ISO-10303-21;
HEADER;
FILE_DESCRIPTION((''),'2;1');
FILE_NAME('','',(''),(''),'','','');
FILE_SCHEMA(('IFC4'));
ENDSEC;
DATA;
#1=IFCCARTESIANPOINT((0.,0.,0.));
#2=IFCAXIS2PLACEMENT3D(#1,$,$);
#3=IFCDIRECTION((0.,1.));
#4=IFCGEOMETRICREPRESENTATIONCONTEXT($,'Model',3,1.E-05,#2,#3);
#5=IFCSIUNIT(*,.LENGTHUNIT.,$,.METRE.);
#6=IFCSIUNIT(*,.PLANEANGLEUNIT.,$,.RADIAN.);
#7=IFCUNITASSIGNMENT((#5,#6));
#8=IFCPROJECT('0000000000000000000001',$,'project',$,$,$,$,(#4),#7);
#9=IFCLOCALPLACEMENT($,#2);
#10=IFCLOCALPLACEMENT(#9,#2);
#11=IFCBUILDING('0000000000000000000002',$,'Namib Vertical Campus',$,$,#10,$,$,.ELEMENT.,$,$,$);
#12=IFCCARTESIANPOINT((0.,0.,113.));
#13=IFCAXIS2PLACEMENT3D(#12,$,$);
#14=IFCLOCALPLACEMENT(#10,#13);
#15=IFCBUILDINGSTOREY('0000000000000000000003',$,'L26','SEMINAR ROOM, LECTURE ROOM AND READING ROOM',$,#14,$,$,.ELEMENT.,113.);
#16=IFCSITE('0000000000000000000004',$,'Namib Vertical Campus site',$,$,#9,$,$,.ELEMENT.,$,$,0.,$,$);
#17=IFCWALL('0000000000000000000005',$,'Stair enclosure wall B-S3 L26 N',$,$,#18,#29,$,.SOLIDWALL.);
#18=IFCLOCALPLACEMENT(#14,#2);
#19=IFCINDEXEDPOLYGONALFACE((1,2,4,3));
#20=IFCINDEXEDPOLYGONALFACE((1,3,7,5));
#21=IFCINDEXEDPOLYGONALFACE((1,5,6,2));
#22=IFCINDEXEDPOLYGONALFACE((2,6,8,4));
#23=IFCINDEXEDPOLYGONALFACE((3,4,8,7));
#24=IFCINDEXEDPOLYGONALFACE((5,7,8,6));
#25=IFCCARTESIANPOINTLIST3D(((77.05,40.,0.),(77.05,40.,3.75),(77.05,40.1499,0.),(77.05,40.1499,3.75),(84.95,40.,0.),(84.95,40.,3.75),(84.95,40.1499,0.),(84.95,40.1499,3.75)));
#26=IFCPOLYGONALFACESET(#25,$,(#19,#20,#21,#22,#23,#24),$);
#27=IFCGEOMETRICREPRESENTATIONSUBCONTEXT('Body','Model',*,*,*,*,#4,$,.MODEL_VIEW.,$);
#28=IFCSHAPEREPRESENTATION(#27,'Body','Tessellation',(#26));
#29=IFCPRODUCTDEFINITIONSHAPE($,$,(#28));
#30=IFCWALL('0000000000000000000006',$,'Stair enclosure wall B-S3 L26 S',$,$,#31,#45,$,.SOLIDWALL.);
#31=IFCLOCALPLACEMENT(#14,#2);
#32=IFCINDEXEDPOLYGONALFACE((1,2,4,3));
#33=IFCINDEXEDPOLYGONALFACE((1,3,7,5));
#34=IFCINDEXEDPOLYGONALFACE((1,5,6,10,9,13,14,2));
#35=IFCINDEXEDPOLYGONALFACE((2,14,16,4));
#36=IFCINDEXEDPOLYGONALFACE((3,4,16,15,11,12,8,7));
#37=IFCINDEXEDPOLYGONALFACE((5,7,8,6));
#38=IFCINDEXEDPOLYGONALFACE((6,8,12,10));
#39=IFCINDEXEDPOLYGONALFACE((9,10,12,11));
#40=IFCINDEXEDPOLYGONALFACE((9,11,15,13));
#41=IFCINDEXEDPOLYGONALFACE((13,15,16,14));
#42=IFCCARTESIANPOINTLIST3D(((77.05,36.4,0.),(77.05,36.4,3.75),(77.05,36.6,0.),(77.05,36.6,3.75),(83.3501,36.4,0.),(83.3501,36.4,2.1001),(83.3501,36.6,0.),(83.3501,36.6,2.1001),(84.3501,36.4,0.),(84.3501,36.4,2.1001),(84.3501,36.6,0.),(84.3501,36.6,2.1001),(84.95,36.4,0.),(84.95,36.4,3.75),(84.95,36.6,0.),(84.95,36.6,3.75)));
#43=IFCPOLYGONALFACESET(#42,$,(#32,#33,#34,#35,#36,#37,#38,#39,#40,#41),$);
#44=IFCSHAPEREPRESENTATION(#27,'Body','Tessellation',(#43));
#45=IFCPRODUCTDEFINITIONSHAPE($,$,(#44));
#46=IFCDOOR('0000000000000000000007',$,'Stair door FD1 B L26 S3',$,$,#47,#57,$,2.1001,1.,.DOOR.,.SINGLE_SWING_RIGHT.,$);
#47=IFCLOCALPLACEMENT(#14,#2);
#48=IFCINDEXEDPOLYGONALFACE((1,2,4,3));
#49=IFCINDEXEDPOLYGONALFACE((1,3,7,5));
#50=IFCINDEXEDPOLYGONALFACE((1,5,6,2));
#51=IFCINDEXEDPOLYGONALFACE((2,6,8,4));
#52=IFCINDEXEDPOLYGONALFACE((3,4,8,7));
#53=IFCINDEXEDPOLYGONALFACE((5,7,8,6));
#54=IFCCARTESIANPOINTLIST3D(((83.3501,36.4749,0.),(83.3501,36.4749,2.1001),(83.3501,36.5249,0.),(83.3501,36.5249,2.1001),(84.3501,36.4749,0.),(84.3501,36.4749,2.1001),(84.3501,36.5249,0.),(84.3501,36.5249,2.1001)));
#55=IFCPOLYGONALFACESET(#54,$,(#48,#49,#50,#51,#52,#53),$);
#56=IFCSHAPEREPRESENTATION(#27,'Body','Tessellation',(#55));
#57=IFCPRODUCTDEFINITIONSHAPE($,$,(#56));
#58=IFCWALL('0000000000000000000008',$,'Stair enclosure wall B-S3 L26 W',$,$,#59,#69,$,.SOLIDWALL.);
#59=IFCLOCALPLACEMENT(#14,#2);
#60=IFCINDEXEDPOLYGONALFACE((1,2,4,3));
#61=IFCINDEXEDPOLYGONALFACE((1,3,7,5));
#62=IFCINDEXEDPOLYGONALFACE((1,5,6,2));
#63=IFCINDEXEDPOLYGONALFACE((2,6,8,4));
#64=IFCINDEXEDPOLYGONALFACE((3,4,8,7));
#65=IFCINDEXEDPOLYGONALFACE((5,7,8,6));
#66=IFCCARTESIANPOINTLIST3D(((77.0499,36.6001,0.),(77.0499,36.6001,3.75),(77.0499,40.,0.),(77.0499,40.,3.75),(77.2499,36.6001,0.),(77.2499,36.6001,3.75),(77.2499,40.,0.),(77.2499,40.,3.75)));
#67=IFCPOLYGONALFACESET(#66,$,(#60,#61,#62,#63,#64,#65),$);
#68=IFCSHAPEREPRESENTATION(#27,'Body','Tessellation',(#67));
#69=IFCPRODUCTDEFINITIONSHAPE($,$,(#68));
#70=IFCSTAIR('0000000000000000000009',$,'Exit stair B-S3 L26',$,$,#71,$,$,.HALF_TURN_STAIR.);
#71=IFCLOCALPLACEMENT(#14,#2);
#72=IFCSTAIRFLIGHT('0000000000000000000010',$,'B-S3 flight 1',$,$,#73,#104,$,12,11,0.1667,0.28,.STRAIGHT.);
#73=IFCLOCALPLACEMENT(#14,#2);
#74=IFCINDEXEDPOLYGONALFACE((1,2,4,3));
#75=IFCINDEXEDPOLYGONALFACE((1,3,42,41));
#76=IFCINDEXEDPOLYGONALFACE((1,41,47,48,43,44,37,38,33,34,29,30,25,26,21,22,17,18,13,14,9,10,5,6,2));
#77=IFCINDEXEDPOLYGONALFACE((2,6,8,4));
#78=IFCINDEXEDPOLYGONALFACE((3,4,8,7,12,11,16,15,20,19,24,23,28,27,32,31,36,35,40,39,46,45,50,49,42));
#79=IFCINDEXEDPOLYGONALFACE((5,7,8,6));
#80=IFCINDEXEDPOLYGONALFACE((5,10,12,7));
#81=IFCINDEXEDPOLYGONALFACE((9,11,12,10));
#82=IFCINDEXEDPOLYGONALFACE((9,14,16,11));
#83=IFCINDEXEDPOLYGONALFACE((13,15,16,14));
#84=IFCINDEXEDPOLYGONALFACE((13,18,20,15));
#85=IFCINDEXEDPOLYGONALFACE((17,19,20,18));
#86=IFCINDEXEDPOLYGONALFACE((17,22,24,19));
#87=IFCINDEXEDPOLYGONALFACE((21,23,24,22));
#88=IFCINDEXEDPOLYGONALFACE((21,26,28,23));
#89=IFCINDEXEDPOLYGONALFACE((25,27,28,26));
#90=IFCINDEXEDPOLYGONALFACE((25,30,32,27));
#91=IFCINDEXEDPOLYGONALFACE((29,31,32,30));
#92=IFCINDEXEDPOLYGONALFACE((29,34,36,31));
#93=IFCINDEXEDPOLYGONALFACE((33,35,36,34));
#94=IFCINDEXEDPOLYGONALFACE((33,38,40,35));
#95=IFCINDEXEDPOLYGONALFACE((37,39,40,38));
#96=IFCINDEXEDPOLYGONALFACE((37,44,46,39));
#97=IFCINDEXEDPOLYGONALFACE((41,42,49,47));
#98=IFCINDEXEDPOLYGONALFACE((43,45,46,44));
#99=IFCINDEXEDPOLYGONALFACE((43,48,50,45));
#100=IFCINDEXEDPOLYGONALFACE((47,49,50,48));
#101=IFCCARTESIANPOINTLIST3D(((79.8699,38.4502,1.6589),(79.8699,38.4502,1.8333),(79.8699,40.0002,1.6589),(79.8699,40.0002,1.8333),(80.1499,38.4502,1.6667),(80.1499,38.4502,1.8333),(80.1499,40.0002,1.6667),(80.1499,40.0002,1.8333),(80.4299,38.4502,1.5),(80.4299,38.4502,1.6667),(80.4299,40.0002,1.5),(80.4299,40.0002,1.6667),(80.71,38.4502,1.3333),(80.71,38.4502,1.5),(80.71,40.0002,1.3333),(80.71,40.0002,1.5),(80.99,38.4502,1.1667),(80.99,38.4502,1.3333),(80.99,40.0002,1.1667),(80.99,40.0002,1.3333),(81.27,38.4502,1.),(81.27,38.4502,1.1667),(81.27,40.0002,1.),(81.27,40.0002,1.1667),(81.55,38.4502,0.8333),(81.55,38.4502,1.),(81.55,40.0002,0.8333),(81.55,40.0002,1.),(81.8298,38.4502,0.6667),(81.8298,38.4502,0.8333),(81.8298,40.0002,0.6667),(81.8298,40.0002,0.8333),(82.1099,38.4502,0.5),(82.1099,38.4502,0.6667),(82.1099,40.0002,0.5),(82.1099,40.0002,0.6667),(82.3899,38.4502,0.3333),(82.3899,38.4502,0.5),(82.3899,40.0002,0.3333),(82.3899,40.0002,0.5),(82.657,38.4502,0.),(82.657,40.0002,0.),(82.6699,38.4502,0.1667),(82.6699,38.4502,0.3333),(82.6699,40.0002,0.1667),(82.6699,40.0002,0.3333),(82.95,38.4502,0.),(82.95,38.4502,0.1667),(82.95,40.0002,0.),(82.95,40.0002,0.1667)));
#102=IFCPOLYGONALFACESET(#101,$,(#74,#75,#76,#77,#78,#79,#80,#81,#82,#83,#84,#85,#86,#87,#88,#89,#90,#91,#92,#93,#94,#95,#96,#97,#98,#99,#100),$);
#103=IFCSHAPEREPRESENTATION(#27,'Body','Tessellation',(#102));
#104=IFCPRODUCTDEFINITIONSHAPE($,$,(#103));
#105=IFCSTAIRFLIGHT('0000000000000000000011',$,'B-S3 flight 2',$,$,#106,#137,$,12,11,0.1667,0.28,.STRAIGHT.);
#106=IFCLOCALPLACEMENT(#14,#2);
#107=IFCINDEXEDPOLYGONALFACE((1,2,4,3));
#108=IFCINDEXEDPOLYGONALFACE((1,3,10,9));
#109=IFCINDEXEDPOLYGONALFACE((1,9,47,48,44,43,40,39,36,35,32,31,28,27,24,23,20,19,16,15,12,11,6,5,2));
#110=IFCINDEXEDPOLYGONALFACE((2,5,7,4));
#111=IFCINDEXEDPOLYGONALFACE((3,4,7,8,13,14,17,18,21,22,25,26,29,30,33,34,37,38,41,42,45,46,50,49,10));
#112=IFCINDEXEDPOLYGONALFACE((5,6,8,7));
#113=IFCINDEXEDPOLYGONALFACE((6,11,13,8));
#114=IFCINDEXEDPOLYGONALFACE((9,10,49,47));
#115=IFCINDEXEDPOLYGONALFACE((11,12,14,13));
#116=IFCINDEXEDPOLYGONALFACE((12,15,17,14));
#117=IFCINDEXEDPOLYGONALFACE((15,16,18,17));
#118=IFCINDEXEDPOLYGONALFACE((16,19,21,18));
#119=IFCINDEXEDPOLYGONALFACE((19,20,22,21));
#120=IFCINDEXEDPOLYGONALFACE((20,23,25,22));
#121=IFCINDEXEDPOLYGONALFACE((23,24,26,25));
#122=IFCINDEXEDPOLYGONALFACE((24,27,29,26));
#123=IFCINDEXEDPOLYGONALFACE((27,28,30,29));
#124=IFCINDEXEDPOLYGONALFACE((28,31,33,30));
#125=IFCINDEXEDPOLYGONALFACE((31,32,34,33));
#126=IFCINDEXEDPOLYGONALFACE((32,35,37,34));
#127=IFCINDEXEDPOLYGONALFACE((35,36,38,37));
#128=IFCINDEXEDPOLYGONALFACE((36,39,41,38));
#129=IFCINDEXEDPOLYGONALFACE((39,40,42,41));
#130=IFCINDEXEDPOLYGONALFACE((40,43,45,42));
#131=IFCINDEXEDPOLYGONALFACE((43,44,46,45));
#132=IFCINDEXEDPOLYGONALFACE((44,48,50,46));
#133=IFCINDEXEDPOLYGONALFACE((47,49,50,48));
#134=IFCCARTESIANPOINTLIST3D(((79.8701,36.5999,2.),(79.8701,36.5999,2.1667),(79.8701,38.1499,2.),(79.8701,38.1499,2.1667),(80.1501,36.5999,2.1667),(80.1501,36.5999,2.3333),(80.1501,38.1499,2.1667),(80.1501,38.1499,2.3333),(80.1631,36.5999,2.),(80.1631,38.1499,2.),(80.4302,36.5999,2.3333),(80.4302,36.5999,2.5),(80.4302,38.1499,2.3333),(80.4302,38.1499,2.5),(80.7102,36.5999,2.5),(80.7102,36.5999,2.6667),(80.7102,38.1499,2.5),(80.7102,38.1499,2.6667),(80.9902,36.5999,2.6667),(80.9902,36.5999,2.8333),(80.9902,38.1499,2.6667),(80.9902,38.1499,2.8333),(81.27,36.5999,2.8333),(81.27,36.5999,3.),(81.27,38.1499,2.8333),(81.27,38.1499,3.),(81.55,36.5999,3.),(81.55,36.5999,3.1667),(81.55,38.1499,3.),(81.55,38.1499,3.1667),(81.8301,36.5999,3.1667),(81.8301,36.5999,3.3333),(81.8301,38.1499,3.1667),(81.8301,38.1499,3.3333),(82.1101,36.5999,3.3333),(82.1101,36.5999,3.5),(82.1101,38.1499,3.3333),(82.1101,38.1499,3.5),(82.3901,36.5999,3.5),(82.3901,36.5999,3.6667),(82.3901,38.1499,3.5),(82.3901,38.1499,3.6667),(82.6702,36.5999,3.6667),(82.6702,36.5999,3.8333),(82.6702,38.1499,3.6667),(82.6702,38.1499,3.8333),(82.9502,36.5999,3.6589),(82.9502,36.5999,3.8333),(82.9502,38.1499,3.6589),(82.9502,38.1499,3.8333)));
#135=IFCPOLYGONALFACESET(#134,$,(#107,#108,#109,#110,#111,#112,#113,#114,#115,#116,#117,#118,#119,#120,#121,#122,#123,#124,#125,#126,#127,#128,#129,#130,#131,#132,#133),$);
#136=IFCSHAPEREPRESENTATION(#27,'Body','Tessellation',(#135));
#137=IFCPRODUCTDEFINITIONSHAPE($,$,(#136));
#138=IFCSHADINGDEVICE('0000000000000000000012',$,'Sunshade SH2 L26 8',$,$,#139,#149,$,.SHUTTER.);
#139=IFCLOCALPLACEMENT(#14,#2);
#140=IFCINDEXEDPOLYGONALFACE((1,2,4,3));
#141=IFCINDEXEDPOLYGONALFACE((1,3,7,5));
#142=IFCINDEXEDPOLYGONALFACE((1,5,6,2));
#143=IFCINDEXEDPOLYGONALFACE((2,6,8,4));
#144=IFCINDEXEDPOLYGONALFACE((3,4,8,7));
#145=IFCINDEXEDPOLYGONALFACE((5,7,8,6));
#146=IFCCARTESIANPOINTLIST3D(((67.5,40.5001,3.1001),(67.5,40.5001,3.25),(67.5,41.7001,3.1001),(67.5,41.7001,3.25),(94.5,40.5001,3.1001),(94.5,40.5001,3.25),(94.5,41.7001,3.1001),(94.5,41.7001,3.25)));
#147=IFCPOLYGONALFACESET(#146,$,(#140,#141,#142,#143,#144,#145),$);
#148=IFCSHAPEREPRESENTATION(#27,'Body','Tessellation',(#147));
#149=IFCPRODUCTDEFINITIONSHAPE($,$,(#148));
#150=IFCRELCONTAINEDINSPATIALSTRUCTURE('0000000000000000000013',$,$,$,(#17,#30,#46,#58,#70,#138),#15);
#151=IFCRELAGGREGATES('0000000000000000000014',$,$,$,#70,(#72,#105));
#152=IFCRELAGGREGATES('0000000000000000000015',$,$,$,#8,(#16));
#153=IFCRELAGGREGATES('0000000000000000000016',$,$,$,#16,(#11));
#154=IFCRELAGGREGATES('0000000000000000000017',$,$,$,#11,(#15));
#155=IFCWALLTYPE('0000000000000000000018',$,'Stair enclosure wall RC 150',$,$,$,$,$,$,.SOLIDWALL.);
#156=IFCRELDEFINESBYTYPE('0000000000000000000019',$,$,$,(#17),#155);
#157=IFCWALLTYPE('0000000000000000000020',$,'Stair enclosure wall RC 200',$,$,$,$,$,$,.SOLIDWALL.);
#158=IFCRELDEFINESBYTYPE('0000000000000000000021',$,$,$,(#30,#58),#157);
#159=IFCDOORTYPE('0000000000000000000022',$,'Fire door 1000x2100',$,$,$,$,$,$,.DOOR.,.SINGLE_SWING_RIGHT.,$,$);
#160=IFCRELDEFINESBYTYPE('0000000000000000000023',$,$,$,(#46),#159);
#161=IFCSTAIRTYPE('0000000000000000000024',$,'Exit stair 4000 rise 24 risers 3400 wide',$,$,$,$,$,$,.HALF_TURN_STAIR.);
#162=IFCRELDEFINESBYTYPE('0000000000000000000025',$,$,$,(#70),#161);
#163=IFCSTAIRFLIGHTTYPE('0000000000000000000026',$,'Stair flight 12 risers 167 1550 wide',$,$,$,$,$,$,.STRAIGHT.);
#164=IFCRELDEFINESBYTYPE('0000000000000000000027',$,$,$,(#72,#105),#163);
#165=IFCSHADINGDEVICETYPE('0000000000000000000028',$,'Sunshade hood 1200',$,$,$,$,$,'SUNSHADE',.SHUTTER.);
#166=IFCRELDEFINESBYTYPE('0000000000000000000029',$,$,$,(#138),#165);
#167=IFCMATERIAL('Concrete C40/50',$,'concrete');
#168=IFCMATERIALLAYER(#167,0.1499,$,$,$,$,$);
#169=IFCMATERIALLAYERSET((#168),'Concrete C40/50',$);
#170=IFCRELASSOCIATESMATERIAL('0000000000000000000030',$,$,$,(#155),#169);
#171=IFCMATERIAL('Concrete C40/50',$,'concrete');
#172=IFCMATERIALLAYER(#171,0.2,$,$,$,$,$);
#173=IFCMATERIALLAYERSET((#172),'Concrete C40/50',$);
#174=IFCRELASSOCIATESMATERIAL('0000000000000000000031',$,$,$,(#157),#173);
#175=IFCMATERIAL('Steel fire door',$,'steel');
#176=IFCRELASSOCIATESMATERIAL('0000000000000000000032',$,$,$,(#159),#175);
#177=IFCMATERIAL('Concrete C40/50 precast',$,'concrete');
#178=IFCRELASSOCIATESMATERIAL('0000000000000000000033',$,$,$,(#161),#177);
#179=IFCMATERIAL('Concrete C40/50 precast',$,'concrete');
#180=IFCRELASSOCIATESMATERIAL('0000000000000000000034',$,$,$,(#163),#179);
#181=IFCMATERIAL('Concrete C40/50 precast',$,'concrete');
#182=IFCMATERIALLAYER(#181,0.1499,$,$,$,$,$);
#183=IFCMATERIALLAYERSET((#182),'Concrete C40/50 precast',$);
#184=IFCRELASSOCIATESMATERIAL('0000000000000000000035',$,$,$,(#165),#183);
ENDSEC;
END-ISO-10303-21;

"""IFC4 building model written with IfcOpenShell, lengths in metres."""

from ifc_helpers import new_model, si_unit, direction, frame, frame_2d, origin, origin_2d, place, context, subcontext, project, spatial, polyline, rectangle, outline, extrude, material, layer, layer_set, type_object, element, fill, aggregate, save


model = new_model("IFC4")

# Units and contexts
model_context = context("Model", 3, precision=1e-05, world=origin(), true_north=direction((0.0, 1.0)))
body_context = subcontext(model_context, "Body", "Model", "MODEL_VIEW")
ifc_project = project(units=[si_unit("LENGTHUNIT", "METRE"), si_unit("PLANEANGLEUNIT", "RADIAN")], contexts=[model_context])

# Site, building, storey
site_placement = place(None, origin())
site = spatial("IfcSite", under=ifc_project, at=site_placement, Name="Namib Vertical Campus site", CompositionType="ELEMENT", RefElevation=0.0)
building_placement = place(site_placement, origin())
building = spatial("IfcBuilding", under=site, at=building_placement, Name="Namib Vertical Campus", CompositionType="ELEMENT")
storey_placement = place(building_placement, frame((0.0, 0.0, 113.0)))
storey = spatial("IfcBuildingStorey", under=building, at=storey_placement, Name="L26", Description="SEMINAR ROOM, LECTURE ROOM AND READING ROOM", CompositionType="ELEMENT", Elevation=113.0)

# Wall
ifc_material_1 = material(Name="Concrete C40/50", Category="concrete")
ifc_layer_1 = layer(ifc_material_1, 0.1499)
ifc_layer_set_1 = layer_set([ifc_layer_1], Name="Concrete C40/50")
wall_type_1 = type_object("IfcWallType", Name="Stair enclosure wall RC 150", PredefinedType="SOLIDWALL", material=ifc_layer_set_1)
wall_1_placement = place(storey_placement, frame((77.05, 40.075, 0.0), z_axis=(0.0, 0.0, 1.0), x_axis=(1.0, 0.0, 0.0)))
element("IfcWall", 1, at=wall_1_placement, inside=storey, type_object=wall_type_1, Name="Stair enclosure wall B-S3 L26 N", PredefinedType="SOLIDWALL", context=body_context, shape_type="SweptSolid", body=[
    extrude(rectangle(XDim=7.8999, YDim=0.1499, at=frame_2d((3.95, 0.0))), origin(), (0.0, 0.0, 1.0), 3.75),
])

# Wall, opening, door
ifc_material_2 = material(Name="Concrete C40/50", Category="concrete")
ifc_layer_2 = layer(ifc_material_2, 0.2)
ifc_layer_set_2 = layer_set([ifc_layer_2], Name="Concrete C40/50")
wall_type_2 = type_object("IfcWallType", Name="Stair enclosure wall RC 200", PredefinedType="SOLIDWALL", material=ifc_layer_set_2)
wall_2_placement = place(storey_placement, frame((77.05, 36.5, 0.0), z_axis=(0.0, 0.0, 1.0), x_axis=(1.0, 0.0, 0.0)))
wall_2 = element("IfcWall", 2, at=wall_2_placement, inside=storey, type_object=wall_type_2, Name="Stair enclosure wall B-S3 L26 S", PredefinedType="SOLIDWALL", context=body_context, shape_type="SweptSolid", body=[
    extrude(rectangle(XDim=7.8999, YDim=0.2, at=frame_2d((3.95, 0.0))), origin(), (0.0, 0.0, 1.0), 3.75),
])
opening_1_placement = place(wall_2_placement, frame((6.3, 0.0, 0.0)))
opening_1 = element("IfcOpeningElement", 3, at=opening_1_placement, cuts=wall_2, PredefinedType="OPENING", context=body_context, shape_type="SweptSolid", body=[
    extrude(rectangle(XDim=1.0, YDim=2.1001, at=frame_2d((0.5, 1.05))), frame((0.0, 0.1099, 0.0), z_axis=(0.0, -1.0, 0.0), x_axis=(1.0, 0.0, 0.0)), (0.0, 0.0, 1.0), 0.22),
])
ifc_material_3 = material(Name="Steel fire door", Category="steel")
door_type_1 = type_object("IfcDoorType", Name="Fire door 1000x2100", OperationType="SINGLE_SWING_RIGHT", PredefinedType="DOOR", material=ifc_material_3)
door_1_placement = place(opening_1_placement, origin())
door_1 = element("IfcDoor", 4, at=door_1_placement, inside=storey, type_object=door_type_1, Name="Stair door FD1 B L26 S3", OperationType="SINGLE_SWING_RIGHT", OverallHeight=2.1001, OverallWidth=1.0, PredefinedType="DOOR", context=body_context, shape_type="SweptSolid", body=[
    extrude(rectangle(XDim=1.0, YDim=2.1001, at=frame_2d((0.5, 1.05))), frame((0.0, 0.0249, 0.0), z_axis=(0.0, -1.0, 0.0), x_axis=(1.0, 0.0, 0.0)), (0.0, 0.0, 1.0), 0.05),
])
fill(opening_1, door_1)

# Wall
wall_3_placement = place(storey_placement, frame((77.1499, 36.6001, 0.0), z_axis=(0.0, 0.0, 1.0), x_axis=(0.0, 1.0, 0.0)))
element("IfcWall", 5, at=wall_3_placement, inside=storey, type_object=wall_type_2, Name="Stair enclosure wall B-S3 L26 W", PredefinedType="SOLIDWALL", context=body_context, shape_type="SweptSolid", body=[
    extrude(rectangle(XDim=3.3999, YDim=0.2, at=frame_2d((1.7, 0.0))), origin(), (0.0, 0.0, 1.0), 3.75),
])

# Stair, stair flights
ifc_material_4 = material(Name="Concrete C40/50 precast", Category="concrete")
stair_type = type_object("IfcStairType", Name="Exit stair 4000 rise 24 risers 3400 wide", PredefinedType="HALF_TURN_STAIR", material=ifc_material_4)
stair_placement = place(storey_placement, origin())
stair = element("IfcStair", 6, at=stair_placement, inside=storey, type_object=stair_type, Name="Exit stair B-S3 L26", PredefinedType="HALF_TURN_STAIR")
ifc_material_5 = material(Name="Concrete C40/50 precast", Category="concrete")
stair_flight_type = type_object("IfcStairFlightType", Name="Stair flight 12 risers 167 1550 wide", PredefinedType="STRAIGHT", material=ifc_material_5)
stair_flight_1_placement = place(storey_placement, frame((82.95, 39.2251, 0.0), z_axis=(0.0, 0.0, 1.0), x_axis=(-1.0, 0.0, 0.0)))
stair_flight_1 = element("IfcStairFlight", 7, at=stair_flight_1_placement, type_object=stair_flight_type, Name="B-S3 flight 1", NumberOfRisers=12, NumberOfTreads=11, PredefinedType="STRAIGHT", RiserHeight=0.1667, TreadLength=0.28, context=body_context, shape_type="SweptSolid", body=[
    extrude(outline(polyline([(0.0, 0.0), (0.0, 0.1667), (0.28, 0.1667), (0.28, 0.3333), (0.5601, 0.3333), (0.5601, 0.5), (0.8401, 0.5), (0.8401, 0.6667), (1.1201, 0.6667), (1.1201, 0.8333), (1.3999, 0.8333), (1.3999, 1.0), (1.6799, 1.0), (1.6799, 1.1667), (1.96, 1.1667), (1.96, 1.3333), (2.24, 1.3333), (2.24, 1.5), (2.52, 1.5), (2.52, 1.6667), (2.8, 1.6667), (2.8, 1.8333), (3.0801, 1.8333), (3.0801, 2.0), (3.0801, 1.6589), (0.293, 0.0), (0.0, 0.0)])), frame((0.0, 0.7749, 0.0), z_axis=(0.0, -1.0, 0.0), x_axis=(1.0, 0.0, 0.0)), (0.0, 0.0, 1.0), 1.55),
])
stair_flight_2_placement = place(storey_placement, frame((79.8701, 37.375, 2.0), z_axis=(0.0, 0.0, 1.0), x_axis=(1.0, 0.0, 0.0)))
stair_flight_2 = element("IfcStairFlight", 8, at=stair_flight_2_placement, type_object=stair_flight_type, Name="B-S3 flight 2", NumberOfRisers=12, NumberOfTreads=11, PredefinedType="STRAIGHT", RiserHeight=0.1667, TreadLength=0.28, context=body_context, shape_type="SweptSolid", body=[
    extrude(outline(polyline([(0.0, 0.0), (0.0, 0.1667), (0.28, 0.1667), (0.28, 0.3333), (0.5601, 0.3333), (0.5601, 0.5), (0.8401, 0.5), (0.8401, 0.6667), (1.1201, 0.6667), (1.1201, 0.8333), (1.3999, 0.8333), (1.3999, 1.0), (1.6799, 1.0), (1.6799, 1.1667), (1.96, 1.1667), (1.96, 1.3333), (2.24, 1.3333), (2.24, 1.5), (2.52, 1.5), (2.52, 1.6667), (2.8, 1.6667), (2.8, 1.8333), (3.0801, 1.8333), (3.0801, 2.0), (3.0801, 1.6589), (0.293, 0.0), (0.0, 0.0)])), frame((0.0, 0.7749, 0.0), z_axis=(0.0, -1.0, 0.0), x_axis=(1.0, 0.0, 0.0)), (0.0, 0.0, 1.0), 1.55),
])
aggregate(stair, [stair_flight_1, stair_flight_2])

# Shading device
ifc_material_6 = material(Name="Concrete C40/50 precast", Category="concrete")
ifc_layer_3 = layer(ifc_material_6, 0.1499)
ifc_layer_set_3 = layer_set([ifc_layer_3], Name="Concrete C40/50 precast")
shading_device_type = type_object("IfcShadingDeviceType", Name="Sunshade hood 1200", ElementType="SUNSHADE", PredefinedType="SHUTTER", material=ifc_layer_set_3)
shading_device_placement = place(storey_placement, frame((81.0, 41.1001, 3.1001), z_axis=(0.0, 0.0, 1.0), x_axis=(-1.0, 0.0, 0.0)))
element("IfcShadingDevice", 9, at=shading_device_placement, inside=storey, type_object=shading_device_type, Name="Sunshade SH2 L26 8", PredefinedType="SHUTTER", context=body_context, shape_type="SweptSolid", body=[
    extrude(rectangle(XDim=27.0, YDim=1.2, at=origin_2d()), origin(), (0.0, 0.0, 1.0), 0.1499),
])

save(model, "model.ifc")
